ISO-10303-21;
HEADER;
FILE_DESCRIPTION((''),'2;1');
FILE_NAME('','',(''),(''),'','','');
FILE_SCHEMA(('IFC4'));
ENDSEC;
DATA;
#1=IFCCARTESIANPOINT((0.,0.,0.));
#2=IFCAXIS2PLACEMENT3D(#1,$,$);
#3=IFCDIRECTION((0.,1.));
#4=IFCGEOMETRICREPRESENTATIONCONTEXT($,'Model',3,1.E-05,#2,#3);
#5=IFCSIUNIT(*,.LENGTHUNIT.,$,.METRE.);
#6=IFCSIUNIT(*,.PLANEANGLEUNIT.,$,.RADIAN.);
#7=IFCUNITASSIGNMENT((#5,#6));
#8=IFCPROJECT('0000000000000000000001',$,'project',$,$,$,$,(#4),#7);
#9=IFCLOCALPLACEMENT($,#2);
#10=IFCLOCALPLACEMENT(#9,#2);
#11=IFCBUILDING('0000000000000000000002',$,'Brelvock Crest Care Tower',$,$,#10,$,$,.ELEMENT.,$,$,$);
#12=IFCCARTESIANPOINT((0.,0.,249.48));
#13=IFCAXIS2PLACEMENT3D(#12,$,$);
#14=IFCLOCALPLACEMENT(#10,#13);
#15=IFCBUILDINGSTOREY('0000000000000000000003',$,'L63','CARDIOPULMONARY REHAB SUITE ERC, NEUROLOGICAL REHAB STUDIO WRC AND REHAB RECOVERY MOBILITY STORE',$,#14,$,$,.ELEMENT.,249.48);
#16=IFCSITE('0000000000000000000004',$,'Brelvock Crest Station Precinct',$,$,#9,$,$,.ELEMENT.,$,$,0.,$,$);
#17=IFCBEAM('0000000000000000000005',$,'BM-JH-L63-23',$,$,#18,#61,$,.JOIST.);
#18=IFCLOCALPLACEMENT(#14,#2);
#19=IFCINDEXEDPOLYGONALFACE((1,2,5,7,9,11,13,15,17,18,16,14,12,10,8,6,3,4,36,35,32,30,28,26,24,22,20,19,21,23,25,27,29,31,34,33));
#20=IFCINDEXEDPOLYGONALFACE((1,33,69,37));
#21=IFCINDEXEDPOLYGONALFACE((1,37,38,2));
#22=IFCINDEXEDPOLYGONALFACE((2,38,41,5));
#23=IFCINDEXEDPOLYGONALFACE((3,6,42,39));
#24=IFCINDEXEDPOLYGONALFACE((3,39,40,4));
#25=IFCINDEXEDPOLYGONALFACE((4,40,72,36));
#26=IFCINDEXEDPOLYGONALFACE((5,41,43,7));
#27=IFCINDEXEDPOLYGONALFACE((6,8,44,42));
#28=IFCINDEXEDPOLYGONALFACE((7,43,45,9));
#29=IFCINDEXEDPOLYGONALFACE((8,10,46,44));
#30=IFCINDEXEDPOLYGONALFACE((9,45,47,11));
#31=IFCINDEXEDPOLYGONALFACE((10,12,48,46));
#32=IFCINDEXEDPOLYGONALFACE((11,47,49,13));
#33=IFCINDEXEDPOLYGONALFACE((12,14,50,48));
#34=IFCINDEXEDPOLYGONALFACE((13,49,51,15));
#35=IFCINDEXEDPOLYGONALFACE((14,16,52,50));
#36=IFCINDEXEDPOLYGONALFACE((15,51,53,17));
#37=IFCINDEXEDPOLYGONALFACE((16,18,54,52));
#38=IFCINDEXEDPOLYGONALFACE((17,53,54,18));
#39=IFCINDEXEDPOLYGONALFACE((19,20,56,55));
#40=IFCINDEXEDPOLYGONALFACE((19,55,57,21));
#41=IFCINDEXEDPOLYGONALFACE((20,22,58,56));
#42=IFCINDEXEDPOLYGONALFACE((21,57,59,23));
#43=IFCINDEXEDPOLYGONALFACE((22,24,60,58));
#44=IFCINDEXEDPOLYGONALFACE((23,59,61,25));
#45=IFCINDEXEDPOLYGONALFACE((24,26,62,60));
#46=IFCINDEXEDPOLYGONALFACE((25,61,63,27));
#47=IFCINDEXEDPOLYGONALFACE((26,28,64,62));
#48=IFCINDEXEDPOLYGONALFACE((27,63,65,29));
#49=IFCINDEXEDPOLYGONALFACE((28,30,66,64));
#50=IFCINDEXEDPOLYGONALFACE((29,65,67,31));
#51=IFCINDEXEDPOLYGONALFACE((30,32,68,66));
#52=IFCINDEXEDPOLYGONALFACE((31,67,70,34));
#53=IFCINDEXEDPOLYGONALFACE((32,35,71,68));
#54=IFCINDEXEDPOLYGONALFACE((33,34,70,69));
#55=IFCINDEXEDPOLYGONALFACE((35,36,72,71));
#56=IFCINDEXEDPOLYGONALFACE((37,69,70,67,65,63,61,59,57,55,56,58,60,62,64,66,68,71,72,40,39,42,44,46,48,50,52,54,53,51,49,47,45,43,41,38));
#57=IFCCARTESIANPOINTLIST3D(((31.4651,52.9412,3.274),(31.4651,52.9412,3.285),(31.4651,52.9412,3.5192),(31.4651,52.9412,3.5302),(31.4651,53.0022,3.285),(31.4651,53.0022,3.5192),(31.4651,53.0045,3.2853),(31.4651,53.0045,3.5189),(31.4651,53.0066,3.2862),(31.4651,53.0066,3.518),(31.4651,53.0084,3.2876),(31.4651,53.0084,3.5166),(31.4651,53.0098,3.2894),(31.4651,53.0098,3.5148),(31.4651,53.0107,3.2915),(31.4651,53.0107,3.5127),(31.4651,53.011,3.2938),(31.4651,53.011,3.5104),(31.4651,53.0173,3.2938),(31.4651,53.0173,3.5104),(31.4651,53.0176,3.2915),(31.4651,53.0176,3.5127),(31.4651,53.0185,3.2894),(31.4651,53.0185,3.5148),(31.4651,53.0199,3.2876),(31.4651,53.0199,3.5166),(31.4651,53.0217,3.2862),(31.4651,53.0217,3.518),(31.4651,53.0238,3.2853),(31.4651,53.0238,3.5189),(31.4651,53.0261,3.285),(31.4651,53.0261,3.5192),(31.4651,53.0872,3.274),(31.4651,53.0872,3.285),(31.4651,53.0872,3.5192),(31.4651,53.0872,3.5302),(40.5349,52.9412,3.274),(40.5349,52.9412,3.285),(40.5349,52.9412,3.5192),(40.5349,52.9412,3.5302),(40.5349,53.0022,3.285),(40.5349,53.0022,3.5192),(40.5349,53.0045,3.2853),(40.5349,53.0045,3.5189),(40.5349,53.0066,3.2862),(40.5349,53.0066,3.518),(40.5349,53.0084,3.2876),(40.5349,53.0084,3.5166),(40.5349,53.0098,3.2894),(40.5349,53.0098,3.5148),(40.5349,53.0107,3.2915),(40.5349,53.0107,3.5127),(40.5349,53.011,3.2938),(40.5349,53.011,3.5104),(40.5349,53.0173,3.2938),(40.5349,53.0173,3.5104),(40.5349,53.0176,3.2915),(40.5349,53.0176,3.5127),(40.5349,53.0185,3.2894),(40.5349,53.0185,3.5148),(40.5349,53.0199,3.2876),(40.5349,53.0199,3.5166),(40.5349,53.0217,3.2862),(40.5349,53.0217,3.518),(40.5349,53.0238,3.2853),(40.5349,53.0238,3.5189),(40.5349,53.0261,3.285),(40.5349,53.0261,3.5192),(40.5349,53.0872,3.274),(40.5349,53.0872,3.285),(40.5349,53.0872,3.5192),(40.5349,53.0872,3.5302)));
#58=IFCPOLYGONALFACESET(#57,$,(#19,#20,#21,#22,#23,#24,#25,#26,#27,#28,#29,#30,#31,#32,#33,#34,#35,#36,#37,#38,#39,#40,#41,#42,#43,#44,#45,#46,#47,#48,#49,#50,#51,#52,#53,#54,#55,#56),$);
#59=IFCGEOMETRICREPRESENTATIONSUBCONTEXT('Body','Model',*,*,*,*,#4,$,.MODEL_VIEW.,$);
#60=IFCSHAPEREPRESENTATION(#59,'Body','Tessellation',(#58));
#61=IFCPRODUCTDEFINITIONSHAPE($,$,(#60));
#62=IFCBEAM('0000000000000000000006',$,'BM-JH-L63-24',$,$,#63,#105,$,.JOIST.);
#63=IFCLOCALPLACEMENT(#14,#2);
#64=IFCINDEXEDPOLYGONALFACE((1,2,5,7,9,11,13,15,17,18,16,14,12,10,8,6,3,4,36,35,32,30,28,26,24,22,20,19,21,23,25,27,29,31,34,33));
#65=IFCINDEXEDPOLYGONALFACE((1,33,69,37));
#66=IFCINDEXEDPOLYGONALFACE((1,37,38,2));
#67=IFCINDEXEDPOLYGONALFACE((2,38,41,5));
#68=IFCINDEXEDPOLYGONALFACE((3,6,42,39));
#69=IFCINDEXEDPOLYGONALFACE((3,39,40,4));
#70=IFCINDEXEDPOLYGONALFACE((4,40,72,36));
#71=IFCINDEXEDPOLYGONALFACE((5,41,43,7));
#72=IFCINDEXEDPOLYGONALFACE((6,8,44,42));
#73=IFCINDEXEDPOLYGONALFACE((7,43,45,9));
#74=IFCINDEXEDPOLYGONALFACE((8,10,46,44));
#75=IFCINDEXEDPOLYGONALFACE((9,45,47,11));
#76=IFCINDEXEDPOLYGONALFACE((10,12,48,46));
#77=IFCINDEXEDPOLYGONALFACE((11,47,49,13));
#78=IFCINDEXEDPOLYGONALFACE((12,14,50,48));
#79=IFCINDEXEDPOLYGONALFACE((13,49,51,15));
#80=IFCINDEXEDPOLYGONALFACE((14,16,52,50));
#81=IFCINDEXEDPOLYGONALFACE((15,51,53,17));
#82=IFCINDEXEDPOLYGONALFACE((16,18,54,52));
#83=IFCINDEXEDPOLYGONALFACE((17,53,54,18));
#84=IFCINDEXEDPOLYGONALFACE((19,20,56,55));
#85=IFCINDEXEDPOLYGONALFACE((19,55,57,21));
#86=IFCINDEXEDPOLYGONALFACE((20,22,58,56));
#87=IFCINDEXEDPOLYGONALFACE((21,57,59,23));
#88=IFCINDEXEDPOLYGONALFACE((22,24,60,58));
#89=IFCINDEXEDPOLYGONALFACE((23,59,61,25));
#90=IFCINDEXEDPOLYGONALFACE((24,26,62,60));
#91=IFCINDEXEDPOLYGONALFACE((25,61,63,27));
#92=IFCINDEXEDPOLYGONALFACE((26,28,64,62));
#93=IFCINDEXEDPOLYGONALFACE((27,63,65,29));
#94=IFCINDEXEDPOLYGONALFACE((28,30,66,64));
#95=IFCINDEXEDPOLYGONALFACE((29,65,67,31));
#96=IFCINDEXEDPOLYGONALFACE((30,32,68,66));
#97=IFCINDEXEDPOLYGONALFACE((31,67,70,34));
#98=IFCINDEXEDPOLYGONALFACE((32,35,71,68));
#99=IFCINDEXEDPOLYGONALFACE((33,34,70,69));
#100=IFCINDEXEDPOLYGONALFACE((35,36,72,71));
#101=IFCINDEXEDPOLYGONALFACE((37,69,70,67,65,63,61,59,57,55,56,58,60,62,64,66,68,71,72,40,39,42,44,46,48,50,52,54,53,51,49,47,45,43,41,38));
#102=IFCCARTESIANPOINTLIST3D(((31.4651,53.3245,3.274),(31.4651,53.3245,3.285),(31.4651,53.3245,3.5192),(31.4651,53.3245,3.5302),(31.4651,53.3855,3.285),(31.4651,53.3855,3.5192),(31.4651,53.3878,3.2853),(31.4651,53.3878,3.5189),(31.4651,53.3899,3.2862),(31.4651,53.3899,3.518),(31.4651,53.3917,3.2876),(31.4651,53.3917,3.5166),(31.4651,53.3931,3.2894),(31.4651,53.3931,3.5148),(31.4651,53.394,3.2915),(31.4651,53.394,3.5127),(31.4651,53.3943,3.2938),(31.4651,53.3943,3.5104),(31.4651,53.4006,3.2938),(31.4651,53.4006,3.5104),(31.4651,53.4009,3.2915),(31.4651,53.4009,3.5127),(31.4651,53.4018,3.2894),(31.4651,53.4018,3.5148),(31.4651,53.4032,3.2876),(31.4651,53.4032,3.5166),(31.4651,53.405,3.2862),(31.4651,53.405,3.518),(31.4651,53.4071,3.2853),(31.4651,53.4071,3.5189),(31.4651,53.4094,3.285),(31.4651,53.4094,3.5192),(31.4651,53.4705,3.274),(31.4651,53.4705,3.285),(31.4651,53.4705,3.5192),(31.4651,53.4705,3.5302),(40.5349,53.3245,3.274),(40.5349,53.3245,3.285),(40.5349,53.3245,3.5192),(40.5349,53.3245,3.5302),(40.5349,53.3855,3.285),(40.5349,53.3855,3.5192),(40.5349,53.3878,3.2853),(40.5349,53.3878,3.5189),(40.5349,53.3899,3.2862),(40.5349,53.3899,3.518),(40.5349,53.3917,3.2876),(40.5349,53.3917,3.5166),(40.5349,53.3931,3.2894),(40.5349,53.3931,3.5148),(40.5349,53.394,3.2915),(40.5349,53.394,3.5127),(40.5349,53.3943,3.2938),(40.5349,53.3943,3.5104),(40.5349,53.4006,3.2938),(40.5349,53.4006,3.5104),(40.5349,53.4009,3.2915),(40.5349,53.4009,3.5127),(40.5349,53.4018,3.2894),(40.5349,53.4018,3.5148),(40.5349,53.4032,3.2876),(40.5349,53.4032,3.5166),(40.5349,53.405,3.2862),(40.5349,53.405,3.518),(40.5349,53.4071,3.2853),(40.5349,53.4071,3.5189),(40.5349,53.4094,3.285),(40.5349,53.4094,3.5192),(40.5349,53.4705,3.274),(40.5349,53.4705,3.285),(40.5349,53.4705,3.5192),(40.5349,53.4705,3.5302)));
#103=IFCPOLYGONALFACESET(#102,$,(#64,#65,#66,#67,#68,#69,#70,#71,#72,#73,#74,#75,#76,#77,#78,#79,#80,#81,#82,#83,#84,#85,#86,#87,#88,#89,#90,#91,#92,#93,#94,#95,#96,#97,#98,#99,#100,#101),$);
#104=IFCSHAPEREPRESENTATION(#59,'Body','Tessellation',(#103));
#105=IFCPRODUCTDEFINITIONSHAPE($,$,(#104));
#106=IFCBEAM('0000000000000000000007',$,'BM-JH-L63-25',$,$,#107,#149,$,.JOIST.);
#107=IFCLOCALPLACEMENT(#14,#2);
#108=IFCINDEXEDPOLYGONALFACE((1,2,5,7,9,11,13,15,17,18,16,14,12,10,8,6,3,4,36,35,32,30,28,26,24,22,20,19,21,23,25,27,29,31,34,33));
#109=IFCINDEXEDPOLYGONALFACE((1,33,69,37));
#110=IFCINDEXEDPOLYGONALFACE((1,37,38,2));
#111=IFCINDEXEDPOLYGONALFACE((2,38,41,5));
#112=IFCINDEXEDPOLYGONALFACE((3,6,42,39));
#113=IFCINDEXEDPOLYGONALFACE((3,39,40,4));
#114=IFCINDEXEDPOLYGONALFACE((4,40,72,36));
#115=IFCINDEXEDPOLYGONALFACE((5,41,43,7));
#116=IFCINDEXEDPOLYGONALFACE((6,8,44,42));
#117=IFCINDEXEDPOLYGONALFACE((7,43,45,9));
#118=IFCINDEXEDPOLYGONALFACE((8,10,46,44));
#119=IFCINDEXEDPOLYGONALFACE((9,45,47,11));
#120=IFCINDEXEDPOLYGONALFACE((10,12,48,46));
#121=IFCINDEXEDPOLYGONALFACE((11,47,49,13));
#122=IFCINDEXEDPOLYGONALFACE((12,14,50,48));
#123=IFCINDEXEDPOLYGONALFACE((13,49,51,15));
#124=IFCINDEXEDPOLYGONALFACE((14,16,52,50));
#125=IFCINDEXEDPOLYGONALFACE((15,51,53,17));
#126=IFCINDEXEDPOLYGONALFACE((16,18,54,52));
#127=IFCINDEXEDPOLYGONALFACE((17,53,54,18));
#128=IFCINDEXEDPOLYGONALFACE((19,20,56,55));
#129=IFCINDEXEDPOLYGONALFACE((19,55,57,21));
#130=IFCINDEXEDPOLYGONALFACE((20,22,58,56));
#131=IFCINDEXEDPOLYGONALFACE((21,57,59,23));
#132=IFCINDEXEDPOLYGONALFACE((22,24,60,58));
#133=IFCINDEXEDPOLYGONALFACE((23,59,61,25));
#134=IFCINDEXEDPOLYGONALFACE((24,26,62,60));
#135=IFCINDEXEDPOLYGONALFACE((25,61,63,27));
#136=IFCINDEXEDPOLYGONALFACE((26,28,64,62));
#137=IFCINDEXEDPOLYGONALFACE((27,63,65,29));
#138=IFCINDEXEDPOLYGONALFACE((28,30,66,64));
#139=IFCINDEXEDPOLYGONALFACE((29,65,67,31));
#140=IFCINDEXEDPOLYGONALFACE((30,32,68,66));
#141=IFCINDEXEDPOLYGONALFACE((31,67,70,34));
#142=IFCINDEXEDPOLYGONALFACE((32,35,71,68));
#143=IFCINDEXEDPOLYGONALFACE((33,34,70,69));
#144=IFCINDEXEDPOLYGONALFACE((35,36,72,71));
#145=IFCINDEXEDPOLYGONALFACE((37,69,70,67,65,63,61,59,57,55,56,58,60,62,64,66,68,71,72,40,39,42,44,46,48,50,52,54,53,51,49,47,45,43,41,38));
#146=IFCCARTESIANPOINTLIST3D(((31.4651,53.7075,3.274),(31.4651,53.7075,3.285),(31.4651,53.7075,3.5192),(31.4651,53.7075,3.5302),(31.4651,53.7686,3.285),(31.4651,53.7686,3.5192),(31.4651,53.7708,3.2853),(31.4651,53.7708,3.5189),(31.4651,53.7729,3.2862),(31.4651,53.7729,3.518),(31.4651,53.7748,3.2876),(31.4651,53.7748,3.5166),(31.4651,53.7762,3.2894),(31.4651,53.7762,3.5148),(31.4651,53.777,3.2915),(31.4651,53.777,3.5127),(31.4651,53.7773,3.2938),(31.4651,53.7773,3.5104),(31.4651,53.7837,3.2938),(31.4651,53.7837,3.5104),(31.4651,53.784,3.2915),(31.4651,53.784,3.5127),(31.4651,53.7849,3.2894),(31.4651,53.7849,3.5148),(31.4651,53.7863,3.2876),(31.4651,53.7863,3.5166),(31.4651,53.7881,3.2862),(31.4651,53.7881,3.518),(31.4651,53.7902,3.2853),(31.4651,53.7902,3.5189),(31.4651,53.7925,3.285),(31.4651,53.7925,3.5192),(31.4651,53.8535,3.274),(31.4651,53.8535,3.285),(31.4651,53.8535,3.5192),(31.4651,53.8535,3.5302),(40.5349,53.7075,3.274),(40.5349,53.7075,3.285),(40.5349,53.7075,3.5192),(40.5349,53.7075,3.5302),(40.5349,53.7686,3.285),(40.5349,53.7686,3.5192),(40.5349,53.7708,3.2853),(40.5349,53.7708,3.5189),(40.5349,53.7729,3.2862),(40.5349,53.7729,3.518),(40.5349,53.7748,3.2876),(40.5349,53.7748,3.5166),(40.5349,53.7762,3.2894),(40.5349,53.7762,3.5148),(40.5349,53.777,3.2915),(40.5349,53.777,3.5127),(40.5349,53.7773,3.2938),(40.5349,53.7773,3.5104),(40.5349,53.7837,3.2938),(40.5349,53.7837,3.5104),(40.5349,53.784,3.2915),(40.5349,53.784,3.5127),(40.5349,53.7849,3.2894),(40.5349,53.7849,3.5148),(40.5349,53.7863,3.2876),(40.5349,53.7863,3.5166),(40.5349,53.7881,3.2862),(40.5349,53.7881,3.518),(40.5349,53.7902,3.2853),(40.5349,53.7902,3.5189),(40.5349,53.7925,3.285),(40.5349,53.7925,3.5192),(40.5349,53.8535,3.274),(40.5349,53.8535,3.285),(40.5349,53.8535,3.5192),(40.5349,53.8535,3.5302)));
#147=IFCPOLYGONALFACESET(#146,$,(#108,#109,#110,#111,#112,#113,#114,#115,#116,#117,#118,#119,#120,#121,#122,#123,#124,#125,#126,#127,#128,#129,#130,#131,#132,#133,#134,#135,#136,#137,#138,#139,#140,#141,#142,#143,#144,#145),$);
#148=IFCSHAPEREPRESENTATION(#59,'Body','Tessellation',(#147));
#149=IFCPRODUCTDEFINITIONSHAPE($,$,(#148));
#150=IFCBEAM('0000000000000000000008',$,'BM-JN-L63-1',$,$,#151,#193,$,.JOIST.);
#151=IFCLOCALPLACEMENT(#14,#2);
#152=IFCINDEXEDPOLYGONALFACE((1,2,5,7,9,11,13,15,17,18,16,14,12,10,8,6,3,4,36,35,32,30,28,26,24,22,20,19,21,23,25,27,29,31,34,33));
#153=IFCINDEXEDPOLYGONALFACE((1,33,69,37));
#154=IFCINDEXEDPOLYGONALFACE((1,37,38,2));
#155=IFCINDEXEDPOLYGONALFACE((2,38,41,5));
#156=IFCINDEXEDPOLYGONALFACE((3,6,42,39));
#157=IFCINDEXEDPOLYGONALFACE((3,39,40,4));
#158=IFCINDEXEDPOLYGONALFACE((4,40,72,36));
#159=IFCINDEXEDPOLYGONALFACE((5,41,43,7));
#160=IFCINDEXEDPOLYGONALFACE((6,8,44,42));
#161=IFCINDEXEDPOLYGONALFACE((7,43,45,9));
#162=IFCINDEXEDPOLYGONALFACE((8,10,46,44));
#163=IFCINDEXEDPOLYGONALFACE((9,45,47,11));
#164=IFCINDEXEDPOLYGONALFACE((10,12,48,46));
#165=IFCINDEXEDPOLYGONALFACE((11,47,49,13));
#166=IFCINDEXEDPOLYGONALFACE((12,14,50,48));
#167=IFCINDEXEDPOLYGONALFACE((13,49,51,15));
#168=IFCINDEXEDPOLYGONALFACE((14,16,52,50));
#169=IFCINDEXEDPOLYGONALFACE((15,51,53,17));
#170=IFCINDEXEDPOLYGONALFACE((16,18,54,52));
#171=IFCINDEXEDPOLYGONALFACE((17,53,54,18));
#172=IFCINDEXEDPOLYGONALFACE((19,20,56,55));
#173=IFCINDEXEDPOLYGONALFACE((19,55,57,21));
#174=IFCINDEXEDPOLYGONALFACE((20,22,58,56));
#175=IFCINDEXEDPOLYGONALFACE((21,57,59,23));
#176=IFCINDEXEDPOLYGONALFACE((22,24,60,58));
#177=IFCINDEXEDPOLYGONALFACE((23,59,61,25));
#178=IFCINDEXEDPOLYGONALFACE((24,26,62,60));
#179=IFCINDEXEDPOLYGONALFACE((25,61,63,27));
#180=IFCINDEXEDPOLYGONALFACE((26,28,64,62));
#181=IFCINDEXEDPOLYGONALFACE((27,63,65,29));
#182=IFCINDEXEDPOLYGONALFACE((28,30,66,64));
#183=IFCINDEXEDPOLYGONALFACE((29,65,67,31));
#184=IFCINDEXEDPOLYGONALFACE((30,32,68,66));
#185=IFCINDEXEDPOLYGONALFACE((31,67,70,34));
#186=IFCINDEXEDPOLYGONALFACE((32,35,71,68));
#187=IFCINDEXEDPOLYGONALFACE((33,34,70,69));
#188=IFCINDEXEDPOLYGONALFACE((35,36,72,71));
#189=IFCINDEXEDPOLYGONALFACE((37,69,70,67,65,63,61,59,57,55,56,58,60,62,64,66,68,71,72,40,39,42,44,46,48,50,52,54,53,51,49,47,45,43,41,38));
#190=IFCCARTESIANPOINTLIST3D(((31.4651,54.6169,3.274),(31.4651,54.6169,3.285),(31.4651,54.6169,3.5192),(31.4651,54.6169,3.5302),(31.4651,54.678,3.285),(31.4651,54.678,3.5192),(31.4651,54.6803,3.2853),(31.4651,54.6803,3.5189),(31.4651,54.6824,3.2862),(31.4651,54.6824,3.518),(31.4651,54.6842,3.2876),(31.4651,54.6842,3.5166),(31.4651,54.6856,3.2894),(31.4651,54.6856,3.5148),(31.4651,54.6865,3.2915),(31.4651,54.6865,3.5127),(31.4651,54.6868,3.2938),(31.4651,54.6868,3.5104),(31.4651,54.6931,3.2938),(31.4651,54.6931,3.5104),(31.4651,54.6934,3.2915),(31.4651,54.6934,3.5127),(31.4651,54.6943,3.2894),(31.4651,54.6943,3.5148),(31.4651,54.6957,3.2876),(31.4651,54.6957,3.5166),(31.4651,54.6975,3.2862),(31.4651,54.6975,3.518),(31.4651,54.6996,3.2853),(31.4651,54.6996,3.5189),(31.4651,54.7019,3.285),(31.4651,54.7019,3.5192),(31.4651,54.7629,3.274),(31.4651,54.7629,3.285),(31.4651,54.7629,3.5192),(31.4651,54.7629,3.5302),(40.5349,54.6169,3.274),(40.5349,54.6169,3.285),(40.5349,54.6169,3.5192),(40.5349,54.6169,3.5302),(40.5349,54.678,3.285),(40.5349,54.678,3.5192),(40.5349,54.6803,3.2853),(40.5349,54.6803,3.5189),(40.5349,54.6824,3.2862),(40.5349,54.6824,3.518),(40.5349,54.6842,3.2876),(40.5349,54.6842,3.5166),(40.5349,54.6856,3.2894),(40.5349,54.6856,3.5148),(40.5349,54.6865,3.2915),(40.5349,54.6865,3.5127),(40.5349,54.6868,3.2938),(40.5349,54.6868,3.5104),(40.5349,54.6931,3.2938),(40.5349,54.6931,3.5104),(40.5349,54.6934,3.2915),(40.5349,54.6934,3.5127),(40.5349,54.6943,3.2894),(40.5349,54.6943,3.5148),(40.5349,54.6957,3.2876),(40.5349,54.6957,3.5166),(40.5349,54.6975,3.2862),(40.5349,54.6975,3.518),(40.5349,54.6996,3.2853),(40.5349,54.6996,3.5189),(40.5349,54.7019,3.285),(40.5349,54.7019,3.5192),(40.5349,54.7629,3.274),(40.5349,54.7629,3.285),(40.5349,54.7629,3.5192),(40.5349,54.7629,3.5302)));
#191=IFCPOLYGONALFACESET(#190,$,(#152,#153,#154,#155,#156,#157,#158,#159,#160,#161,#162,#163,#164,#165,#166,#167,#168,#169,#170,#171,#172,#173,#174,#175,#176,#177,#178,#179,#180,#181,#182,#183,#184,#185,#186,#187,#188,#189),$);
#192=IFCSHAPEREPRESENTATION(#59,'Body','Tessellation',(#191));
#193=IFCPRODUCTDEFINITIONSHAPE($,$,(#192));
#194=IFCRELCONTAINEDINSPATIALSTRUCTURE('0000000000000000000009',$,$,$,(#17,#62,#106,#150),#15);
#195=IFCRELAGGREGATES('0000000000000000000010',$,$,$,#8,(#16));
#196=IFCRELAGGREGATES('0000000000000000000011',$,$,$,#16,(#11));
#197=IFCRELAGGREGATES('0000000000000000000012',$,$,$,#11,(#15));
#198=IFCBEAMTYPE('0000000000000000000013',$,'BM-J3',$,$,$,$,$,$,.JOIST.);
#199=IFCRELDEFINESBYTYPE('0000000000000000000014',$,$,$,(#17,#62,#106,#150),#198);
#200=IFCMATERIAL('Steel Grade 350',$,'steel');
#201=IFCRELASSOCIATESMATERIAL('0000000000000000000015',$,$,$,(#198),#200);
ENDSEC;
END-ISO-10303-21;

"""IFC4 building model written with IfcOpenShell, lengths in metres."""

from ifc_helpers import new_model, si_unit, direction, frame, origin, origin_2d, place, context, subcontext, project, spatial, i_section, extrude, source, transform, mapped, material, material_profile, profile_set, type_object, element, save


model = new_model("IFC4")

# Units and contexts
model_context = context("Model", 3, precision=1e-05, world=origin(), true_north=direction((0.0, 1.0)))
body_context = subcontext(model_context, "Body", "Model", "MODEL_VIEW")
ifc_project = project(units=[si_unit("LENGTHUNIT", "METRE"), si_unit("PLANEANGLEUNIT", "RADIAN")], contexts=[model_context])

# Site, building, storey
site_placement = place(None, origin())
site = spatial("IfcSite", under=ifc_project, at=site_placement, Name="Brelvock Crest Station Precinct", CompositionType="ELEMENT", RefElevation=0.0)
building_placement = place(site_placement, origin())
building = spatial("IfcBuilding", under=site, at=building_placement, Name="Brelvock Crest Care Tower", CompositionType="ELEMENT")
storey_placement = place(building_placement, frame((0.0, 0.0, 249.48)))
storey = spatial("IfcBuildingStorey", under=building, at=storey_placement, Name="L63", Description="CARDIOPULMONARY REHAB SUITE ERC, NEUROLOGICAL REHAB STUDIO WRC AND REHAB RECOVERY MOBILITY STORE", CompositionType="ELEMENT", Elevation=249.48)

# Shared definitions
ifc_material_1 = material(Name="Steel Grade 350", Category="steel")

# Beams
ifc_material_profile_1 = material_profile(ifc_material_1, i_section(OverallWidth=0.146, OverallDepth=0.2561, WebThickness=0.0063, FlangeThickness=0.011, FilletRadius=0.0088, at=origin_2d()), Name="250UB37.3")
ifc_profile_set_1 = profile_set([ifc_material_profile_1], Name="Steel Grade 350")
beam_type_1 = type_object("IfcBeamType", Name="BM-J3", PredefinedType="JOIST", material=ifc_profile_set_1)
shared_shape_1 = source(origin(), body_context, "Body", "SweptSolid", [
    extrude(i_section(OverallWidth=0.146, OverallDepth=0.2561, WebThickness=0.0063, FlangeThickness=0.011, FilletRadius=0.0088, at=origin_2d()), origin(), (0.0, 0.0, 1.0), 9.0698),
])
for number, where, z_axis, x_axis, name in (
    (1, (31.4651, 53.0142, 3.4021), (1.0, 0.0, 0.0), (0.0, 1.0, 0.0), "BM-JH-L63-23"),
    (2, (31.4651, 53.3975, 3.4021), (1.0, 0.0, 0.0), (0.0, 1.0, 0.0), "BM-JH-L63-24"),
    (3, (31.4651, 53.7805, 3.4021), (1.0, 0.0, 0.0), (0.0, 1.0, 0.0), "BM-JH-L63-25"),
    (4, (31.4651, 54.6899, 3.4021), (1.0, 0.0, 0.0), (0.0, 1.0, 0.0), "BM-JN-L63-1"),
):
    element("IfcBeam", number, at=place(storey_placement, frame(where, z_axis=z_axis, x_axis=x_axis)), inside=storey, type_object=beam_type_1, Name=name, PredefinedType="JOIST", context=body_context, shape_type="MappedRepresentation", body=[
        mapped(shared_shape_1, transform((0.0, 0.0, 0.0), x_axis=(1.0, 0.0, 0.0), y_axis=(0.0, 1.0, 0.0), z_axis=(0.0, 0.0, 1.0), scale=1.0)),
    ])

save(model, "model.ifc")
